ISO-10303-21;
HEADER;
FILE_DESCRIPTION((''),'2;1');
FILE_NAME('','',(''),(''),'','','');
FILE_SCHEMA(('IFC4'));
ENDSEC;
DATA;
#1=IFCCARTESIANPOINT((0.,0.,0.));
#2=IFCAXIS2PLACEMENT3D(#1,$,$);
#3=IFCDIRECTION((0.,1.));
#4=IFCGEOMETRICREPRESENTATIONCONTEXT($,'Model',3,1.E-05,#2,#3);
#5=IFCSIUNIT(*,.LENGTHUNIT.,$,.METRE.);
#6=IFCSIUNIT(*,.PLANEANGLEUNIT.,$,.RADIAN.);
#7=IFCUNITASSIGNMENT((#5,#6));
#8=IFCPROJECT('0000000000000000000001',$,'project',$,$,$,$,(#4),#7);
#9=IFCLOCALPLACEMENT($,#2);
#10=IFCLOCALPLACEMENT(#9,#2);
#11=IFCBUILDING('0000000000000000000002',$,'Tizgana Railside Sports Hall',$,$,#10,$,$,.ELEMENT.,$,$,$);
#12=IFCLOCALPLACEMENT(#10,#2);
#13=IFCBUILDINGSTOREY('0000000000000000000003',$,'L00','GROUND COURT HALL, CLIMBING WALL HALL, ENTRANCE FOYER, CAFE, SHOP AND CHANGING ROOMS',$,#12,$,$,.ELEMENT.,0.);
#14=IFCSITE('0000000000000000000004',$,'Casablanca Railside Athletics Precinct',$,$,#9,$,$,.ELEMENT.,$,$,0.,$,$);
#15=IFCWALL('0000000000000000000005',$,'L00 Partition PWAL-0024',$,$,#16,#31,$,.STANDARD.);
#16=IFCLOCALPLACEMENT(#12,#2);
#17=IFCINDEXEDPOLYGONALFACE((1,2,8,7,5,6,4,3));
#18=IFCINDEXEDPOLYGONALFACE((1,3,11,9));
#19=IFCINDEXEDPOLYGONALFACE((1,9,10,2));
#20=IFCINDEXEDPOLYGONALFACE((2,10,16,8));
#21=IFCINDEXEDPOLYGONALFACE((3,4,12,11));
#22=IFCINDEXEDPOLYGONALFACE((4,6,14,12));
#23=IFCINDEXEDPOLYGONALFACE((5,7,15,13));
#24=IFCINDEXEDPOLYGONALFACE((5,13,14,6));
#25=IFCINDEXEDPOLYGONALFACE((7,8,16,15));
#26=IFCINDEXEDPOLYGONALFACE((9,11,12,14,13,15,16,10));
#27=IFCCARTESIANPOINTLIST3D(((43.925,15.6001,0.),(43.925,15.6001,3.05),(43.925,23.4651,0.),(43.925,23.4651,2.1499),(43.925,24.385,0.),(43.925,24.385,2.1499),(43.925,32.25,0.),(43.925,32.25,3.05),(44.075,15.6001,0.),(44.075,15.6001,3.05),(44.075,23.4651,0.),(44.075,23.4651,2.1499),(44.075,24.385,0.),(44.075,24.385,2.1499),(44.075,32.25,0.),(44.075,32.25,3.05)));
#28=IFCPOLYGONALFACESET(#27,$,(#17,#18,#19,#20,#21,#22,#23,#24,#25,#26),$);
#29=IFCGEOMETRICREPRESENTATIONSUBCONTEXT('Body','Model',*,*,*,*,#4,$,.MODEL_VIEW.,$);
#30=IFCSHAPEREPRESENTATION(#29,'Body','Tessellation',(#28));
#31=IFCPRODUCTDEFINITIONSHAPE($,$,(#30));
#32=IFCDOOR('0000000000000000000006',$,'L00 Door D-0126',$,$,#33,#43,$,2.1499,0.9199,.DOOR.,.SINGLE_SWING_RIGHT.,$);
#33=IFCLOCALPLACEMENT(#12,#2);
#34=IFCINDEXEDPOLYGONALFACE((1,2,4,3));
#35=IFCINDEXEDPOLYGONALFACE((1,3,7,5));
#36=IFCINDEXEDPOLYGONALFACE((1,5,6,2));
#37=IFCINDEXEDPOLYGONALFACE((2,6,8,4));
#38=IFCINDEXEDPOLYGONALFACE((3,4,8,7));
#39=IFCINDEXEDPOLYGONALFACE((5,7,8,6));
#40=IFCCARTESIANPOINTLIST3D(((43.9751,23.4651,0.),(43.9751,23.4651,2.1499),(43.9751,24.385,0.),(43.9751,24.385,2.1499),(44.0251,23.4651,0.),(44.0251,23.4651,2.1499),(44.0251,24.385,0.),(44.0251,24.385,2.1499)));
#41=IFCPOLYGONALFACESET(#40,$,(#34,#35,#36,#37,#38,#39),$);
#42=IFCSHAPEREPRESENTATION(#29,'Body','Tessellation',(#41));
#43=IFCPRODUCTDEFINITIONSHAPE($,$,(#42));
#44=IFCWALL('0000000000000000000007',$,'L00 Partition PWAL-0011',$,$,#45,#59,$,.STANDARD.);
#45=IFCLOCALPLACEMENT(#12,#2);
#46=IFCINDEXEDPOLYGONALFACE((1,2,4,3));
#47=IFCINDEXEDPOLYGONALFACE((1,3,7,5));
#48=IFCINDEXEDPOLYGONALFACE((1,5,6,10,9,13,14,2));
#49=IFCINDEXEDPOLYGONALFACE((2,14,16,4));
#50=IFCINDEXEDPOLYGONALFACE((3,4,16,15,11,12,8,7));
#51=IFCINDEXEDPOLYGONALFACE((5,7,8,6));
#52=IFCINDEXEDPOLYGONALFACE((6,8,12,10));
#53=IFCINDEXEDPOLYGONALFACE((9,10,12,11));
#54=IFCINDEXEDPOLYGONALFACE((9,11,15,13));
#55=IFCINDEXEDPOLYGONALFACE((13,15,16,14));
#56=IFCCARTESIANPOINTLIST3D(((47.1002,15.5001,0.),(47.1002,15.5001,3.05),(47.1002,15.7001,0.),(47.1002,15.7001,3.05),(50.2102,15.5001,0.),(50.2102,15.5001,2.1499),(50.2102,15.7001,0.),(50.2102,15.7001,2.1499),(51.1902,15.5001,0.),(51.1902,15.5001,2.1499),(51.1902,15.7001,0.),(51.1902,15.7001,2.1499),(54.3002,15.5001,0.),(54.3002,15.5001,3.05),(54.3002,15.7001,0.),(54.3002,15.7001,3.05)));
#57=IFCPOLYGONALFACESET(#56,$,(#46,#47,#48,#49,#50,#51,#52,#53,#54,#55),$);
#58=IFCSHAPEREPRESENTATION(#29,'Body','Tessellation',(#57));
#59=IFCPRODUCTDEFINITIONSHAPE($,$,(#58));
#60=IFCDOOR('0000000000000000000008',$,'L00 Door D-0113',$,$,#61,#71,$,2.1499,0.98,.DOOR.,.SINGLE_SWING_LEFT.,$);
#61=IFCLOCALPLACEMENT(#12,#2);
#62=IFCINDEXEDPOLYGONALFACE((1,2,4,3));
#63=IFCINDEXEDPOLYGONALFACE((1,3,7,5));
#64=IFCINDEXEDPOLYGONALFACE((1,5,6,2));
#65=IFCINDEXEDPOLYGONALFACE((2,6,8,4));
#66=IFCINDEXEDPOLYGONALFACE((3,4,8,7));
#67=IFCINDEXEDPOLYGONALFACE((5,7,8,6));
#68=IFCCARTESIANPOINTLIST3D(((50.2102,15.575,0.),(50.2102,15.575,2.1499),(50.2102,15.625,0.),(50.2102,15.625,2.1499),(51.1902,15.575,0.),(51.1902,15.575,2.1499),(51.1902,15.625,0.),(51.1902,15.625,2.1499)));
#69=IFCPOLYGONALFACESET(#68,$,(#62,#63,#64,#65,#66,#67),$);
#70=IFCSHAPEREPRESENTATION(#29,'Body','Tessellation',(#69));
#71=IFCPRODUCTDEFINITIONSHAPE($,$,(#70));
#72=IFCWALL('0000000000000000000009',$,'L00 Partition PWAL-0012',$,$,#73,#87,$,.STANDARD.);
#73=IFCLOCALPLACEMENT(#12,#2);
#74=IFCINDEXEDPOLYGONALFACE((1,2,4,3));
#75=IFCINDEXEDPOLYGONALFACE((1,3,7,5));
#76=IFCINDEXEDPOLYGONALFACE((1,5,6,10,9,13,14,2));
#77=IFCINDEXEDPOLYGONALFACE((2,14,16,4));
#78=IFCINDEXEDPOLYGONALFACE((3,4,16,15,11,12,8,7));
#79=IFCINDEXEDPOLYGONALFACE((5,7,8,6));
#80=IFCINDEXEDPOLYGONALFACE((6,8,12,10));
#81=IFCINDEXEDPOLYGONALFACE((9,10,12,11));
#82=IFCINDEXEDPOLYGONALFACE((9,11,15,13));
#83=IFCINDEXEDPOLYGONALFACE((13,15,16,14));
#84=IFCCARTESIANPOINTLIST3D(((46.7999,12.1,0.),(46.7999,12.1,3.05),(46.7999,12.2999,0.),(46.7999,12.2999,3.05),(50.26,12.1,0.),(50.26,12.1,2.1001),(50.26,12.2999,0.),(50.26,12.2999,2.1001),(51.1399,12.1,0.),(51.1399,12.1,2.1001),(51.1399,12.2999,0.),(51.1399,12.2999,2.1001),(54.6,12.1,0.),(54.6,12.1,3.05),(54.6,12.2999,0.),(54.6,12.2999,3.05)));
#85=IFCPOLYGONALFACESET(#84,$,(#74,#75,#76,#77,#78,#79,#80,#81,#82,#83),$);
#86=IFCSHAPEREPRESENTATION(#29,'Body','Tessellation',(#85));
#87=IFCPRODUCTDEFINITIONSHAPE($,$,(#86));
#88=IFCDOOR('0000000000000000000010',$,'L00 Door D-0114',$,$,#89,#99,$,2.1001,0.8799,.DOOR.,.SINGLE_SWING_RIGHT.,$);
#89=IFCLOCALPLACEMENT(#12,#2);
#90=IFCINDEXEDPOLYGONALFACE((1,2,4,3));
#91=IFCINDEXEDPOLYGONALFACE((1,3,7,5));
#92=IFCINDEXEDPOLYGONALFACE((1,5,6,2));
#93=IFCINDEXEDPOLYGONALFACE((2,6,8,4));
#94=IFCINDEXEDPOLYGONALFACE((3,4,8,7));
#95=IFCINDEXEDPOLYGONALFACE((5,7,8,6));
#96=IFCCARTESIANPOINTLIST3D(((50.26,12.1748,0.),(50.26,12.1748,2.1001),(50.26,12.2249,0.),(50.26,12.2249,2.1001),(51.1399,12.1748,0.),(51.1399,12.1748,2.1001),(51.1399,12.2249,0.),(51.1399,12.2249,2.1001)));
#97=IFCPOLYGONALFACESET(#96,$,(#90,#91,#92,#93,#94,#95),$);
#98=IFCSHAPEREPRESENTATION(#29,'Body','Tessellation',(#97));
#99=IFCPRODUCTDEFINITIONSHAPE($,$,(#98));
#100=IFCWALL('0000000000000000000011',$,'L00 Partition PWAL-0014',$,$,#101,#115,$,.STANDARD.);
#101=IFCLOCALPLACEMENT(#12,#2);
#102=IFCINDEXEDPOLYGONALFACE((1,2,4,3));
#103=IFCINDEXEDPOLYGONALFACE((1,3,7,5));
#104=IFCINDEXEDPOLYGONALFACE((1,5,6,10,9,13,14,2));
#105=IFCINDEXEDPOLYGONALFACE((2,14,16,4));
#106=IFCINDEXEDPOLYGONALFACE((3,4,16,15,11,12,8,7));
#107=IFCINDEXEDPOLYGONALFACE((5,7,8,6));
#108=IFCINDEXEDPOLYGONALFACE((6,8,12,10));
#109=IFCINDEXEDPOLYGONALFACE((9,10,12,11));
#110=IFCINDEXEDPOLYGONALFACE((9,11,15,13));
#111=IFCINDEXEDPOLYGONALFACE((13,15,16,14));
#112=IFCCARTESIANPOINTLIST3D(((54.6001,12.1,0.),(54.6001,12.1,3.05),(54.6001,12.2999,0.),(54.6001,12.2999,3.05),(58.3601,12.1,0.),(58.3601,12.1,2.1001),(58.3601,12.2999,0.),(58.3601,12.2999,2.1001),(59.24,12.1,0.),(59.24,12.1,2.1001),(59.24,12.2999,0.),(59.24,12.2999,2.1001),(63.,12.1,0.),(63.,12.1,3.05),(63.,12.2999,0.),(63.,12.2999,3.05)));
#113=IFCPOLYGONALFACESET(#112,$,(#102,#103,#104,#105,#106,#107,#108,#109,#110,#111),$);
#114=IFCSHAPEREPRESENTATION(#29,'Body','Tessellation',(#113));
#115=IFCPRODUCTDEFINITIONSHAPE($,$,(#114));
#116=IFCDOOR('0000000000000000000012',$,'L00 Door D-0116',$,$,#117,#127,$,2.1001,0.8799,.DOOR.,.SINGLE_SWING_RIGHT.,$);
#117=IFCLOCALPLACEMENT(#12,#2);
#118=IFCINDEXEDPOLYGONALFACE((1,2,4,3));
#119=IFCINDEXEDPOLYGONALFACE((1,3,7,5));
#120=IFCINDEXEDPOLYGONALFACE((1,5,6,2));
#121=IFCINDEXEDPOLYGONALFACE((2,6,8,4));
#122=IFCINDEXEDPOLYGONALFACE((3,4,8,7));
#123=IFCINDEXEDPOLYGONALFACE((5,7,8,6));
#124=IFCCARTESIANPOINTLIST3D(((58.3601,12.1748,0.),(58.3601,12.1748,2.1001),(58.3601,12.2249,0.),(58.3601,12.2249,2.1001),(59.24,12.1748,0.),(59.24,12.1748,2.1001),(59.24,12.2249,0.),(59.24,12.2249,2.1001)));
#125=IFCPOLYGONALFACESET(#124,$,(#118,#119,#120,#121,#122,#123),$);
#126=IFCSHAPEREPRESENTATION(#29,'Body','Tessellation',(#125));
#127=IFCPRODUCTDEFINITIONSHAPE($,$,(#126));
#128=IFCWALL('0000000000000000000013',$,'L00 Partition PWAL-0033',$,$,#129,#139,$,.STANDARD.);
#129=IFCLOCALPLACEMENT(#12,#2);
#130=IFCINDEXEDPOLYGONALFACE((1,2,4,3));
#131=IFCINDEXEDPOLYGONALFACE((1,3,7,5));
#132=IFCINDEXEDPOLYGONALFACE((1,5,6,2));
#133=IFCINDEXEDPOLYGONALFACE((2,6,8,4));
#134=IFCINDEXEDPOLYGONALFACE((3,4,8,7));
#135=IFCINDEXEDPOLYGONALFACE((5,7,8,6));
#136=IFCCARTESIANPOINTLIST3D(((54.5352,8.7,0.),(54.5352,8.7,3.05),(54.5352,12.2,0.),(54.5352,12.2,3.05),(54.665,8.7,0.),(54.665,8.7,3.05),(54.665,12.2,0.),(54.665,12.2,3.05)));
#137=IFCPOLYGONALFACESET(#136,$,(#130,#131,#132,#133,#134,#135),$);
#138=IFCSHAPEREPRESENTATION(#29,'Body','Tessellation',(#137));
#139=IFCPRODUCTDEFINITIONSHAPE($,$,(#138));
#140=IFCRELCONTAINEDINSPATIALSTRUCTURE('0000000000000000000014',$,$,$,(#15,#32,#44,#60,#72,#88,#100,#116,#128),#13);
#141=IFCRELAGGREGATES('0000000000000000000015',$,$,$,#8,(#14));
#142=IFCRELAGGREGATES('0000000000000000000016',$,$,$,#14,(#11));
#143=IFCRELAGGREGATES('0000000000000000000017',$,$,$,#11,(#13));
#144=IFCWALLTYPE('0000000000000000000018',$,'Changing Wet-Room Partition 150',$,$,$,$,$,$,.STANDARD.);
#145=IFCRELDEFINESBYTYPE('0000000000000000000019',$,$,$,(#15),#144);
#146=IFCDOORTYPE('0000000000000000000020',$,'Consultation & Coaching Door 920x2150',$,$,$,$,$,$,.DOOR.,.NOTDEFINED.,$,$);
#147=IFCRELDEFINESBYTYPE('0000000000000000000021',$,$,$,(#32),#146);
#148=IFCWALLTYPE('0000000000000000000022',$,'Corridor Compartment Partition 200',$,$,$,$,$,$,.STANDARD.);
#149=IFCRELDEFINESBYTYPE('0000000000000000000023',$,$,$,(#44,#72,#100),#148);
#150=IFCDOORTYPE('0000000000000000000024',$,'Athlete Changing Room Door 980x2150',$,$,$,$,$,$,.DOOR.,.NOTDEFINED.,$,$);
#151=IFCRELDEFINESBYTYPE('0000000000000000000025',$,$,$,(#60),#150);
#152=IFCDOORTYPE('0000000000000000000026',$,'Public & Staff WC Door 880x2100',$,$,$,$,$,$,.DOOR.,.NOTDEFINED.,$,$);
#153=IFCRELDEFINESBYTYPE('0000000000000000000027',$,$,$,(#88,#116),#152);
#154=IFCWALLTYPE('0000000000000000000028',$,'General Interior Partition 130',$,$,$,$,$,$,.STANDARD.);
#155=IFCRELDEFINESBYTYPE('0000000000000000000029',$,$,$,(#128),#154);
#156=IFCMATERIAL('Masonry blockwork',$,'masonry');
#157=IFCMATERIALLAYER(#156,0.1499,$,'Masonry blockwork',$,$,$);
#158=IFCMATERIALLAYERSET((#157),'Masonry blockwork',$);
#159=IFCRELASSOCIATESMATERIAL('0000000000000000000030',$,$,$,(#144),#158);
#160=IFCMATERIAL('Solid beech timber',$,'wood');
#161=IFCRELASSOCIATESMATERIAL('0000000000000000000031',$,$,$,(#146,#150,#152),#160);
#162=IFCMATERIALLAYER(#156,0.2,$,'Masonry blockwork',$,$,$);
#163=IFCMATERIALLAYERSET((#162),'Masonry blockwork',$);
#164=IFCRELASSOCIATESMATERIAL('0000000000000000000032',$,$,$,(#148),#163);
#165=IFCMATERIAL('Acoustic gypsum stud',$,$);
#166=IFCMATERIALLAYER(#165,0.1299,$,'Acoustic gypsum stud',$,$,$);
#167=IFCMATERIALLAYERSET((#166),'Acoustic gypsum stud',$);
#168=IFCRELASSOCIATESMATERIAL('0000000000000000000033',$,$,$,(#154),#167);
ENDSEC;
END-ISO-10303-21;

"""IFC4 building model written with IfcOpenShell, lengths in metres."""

from ifc_helpers import new_model, si_unit, direction, frame, frame_2d, origin, place, context, subcontext, project, spatial, rectangle, extrude, material, layer, layer_set, type_object, element, fill, save


model = new_model("IFC4")

# Units and contexts
model_context = context("Model", 3, precision=1e-05, world=origin(), true_north=direction((0.0, 1.0)))
body_context = subcontext(model_context, "Body", "Model", "MODEL_VIEW")
ifc_project = project(units=[si_unit("LENGTHUNIT", "METRE"), si_unit("PLANEANGLEUNIT", "RADIAN")], contexts=[model_context])

# Site, building, storey
site_placement = place(None, origin())
site = spatial("IfcSite", under=ifc_project, at=site_placement, Name="Casablanca Railside Athletics Precinct", CompositionType="ELEMENT", RefElevation=0.0)
building_placement = place(site_placement, origin())
building = spatial("IfcBuilding", under=site, at=building_placement, Name="Tizgana Railside Sports Hall", CompositionType="ELEMENT")
storey_placement = place(building_placement, origin())
storey = spatial("IfcBuildingStorey", under=building, at=storey_placement, Name="L00", Description="GROUND COURT HALL, CLIMBING WALL HALL, ENTRANCE FOYER, CAFE, SHOP AND CHANGING ROOMS", CompositionType="ELEMENT", Elevation=0.0)

# Walls, openings, doors
ifc_material_1 = material(Name="Masonry blockwork", Category="masonry")
ifc_layer_1 = layer(ifc_material_1, 0.1499, Name="Masonry blockwork")
ifc_layer_set_1 = layer_set([ifc_layer_1], Name="Masonry blockwork")
wall_type_1 = type_object("IfcWallType", Name="Changing Wet-Room Partition 150", PredefinedType="STANDARD", material=ifc_layer_set_1)
wall_1_placement = place(storey_placement, frame((44.0, 15.6001, 0.0), z_axis=(0.0, 0.0, 1.0), x_axis=(0.0, 1.0, 0.0)))
wall_1 = element("IfcWall", 1, at=wall_1_placement, inside=storey, type_object=wall_type_1, Name="L00 Partition PWAL-0024", PredefinedType="STANDARD", context=body_context, shape_type="SweptSolid", body=[
    extrude(rectangle(XDim=16.6499, YDim=0.1499, at=frame_2d((8.325, 0.0))), origin(), (0.0, 0.0, 1.0), 3.05),
])
opening_1_placement = place(wall_1_placement, frame((7.865, 0.0, 0.0)))
opening_1 = element("IfcOpeningElement", 2, at=opening_1_placement, cuts=wall_1, PredefinedType="OPENING", context=body_context, shape_type="SweptSolid", body=[
    extrude(rectangle(XDim=0.9199, YDim=2.1499, at=frame_2d((0.46, 1.075))), frame((0.0, 0.085, 0.0), z_axis=(0.0, -1.0, 0.0), x_axis=(1.0, 0.0, 0.0)), (0.0, 0.0, 1.0), 0.1699),
])
ifc_material_2 = material(Name="Solid beech timber", Category="wood")
door_type_1 = type_object("IfcDoorType", Name="Consultation & Coaching Door 920x2150", OperationType="NOTDEFINED", PredefinedType="DOOR", material=ifc_material_2)
door_1_placement = place(opening_1_placement, origin())
door_1 = element("IfcDoor", 3, at=door_1_placement, inside=storey, type_object=door_type_1, Name="L00 Door D-0126", OperationType="SINGLE_SWING_RIGHT", OverallHeight=2.1499, OverallWidth=0.9199, PredefinedType="DOOR", context=body_context, shape_type="SweptSolid", body=[
    extrude(rectangle(XDim=0.9199, YDim=2.1499, at=frame_2d((0.46, 1.075))), frame((0.0, 0.0249, 0.0), z_axis=(0.0, -1.0, 0.0), x_axis=(1.0, 0.0, 0.0)), (0.0, 0.0, 1.0), 0.05),
])
fill(opening_1, door_1)
ifc_layer_2 = layer(ifc_material_1, 0.2, Name="Masonry blockwork")
ifc_layer_set_2 = layer_set([ifc_layer_2], Name="Masonry blockwork")
wall_type_2 = type_object("IfcWallType", Name="Corridor Compartment Partition 200", PredefinedType="STANDARD", material=ifc_layer_set_2)
wall_2_placement = place(storey_placement, frame((47.1001, 15.6001, 0.0), z_axis=(0.0, 0.0, 1.0), x_axis=(1.0, 0.0, 0.0)))
wall_2 = element("IfcWall", 4, at=wall_2_placement, inside=storey, type_object=wall_type_2, Name="L00 Partition PWAL-0011", PredefinedType="STANDARD", context=body_context, shape_type="SweptSolid", body=[
    extrude(rectangle(XDim=7.2, YDim=0.2, at=frame_2d((3.6001, 0.0))), origin(), (0.0, 0.0, 1.0), 3.05),
])
opening_2_placement = place(wall_2_placement, frame((3.1101, 0.0, 0.0)))
opening_2 = element("IfcOpeningElement", 5, at=opening_2_placement, cuts=wall_2, PredefinedType="OPENING", context=body_context, shape_type="SweptSolid", body=[
    extrude(rectangle(XDim=0.98, YDim=2.1499, at=frame_2d((0.49, 1.075))), frame((0.0, 0.1099, 0.0), z_axis=(0.0, -1.0, 0.0), x_axis=(1.0, 0.0, 0.0)), (0.0, 0.0, 1.0), 0.22),
])
door_type_2 = type_object("IfcDoorType", Name="Athlete Changing Room Door 980x2150", OperationType="NOTDEFINED", PredefinedType="DOOR", material=ifc_material_2)
door_2_placement = place(opening_2_placement, origin())
door_2 = element("IfcDoor", 6, at=door_2_placement, inside=storey, type_object=door_type_2, Name="L00 Door D-0113", OperationType="SINGLE_SWING_LEFT", OverallHeight=2.1499, OverallWidth=0.98, PredefinedType="DOOR", context=body_context, shape_type="SweptSolid", body=[
    extrude(rectangle(XDim=0.98, YDim=2.1499, at=frame_2d((0.49, 1.075))), frame((0.0, 0.0249, 0.0), z_axis=(0.0, -1.0, 0.0), x_axis=(1.0, 0.0, 0.0)), (0.0, 0.0, 1.0), 0.05),
])
fill(opening_2, door_2)
wall_3_placement = place(storey_placement, frame((46.8, 12.2, 0.0), z_axis=(0.0, 0.0, 1.0), x_axis=(1.0, 0.0, 0.0)))
wall_3 = element("IfcWall", 7, at=wall_3_placement, inside=storey, type_object=wall_type_2, Name="L00 Partition PWAL-0012", PredefinedType="STANDARD", context=body_context, shape_type="SweptSolid", body=[
    extrude(rectangle(XDim=7.8, YDim=0.2, at=frame_2d((3.8999, 0.0))), origin(), (0.0, 0.0, 1.0), 3.05),
])
opening_3_placement = place(wall_3_placement, frame((3.46, 0.0, 0.0)))
opening_3 = element("IfcOpeningElement", 8, at=opening_3_placement, cuts=wall_3, PredefinedType="OPENING", context=body_context, shape_type="SweptSolid", body=[
    extrude(rectangle(XDim=0.8799, YDim=2.1001, at=frame_2d((0.4399, 1.05))), frame((0.0, 0.1099, 0.0), z_axis=(0.0, -1.0, 0.0), x_axis=(1.0, 0.0, 0.0)), (0.0, 0.0, 1.0), 0.22),
])
door_type_3 = type_object("IfcDoorType", Name="Public & Staff WC Door 880x2100", OperationType="NOTDEFINED", PredefinedType="DOOR", material=ifc_material_2)
door_3_placement = place(opening_3_placement, origin())
door_3 = element("IfcDoor", 9, at=door_3_placement, inside=storey, type_object=door_type_3, Name="L00 Door D-0114", OperationType="SINGLE_SWING_RIGHT", OverallHeight=2.1001, OverallWidth=0.8799, PredefinedType="DOOR", context=body_context, shape_type="SweptSolid", body=[
    extrude(rectangle(XDim=0.8799, YDim=2.1001, at=frame_2d((0.4399, 1.05))), frame((0.0, 0.0249, 0.0), z_axis=(0.0, -1.0, 0.0), x_axis=(1.0, 0.0, 0.0)), (0.0, 0.0, 1.0), 0.05),
])
fill(opening_3, door_3)
wall_4_placement = place(storey_placement, frame((54.6001, 12.2, 0.0), z_axis=(0.0, 0.0, 1.0), x_axis=(1.0, 0.0, 0.0)))
wall_4 = element("IfcWall", 10, at=wall_4_placement, inside=storey, type_object=wall_type_2, Name="L00 Partition PWAL-0014", PredefinedType="STANDARD", context=body_context, shape_type="SweptSolid", body=[
    extrude(rectangle(XDim=8.3999, YDim=0.2, at=frame_2d((4.2, 0.0))), origin(), (0.0, 0.0, 1.0), 3.05),
])
opening_4_placement = place(wall_4_placement, frame((3.76, 0.0, 0.0)))
opening_4 = element("IfcOpeningElement", 11, at=opening_4_placement, cuts=wall_4, PredefinedType="OPENING", context=body_context, shape_type="SweptSolid", body=[
    extrude(rectangle(XDim=0.8799, YDim=2.1001, at=frame_2d((0.4399, 1.05))), frame((0.0, 0.1099, 0.0), z_axis=(0.0, -1.0, 0.0), x_axis=(1.0, 0.0, 0.0)), (0.0, 0.0, 1.0), 0.22),
])
door_4_placement = place(opening_4_placement, origin())
door_4 = element("IfcDoor", 12, at=door_4_placement, inside=storey, type_object=door_type_3, Name="L00 Door D-0116", OperationType="SINGLE_SWING_RIGHT", OverallHeight=2.1001, OverallWidth=0.8799, PredefinedType="DOOR", context=body_context, shape_type="SweptSolid", body=[
    extrude(rectangle(XDim=0.8799, YDim=2.1001, at=frame_2d((0.4399, 1.05))), frame((0.0, 0.0249, 0.0), z_axis=(0.0, -1.0, 0.0), x_axis=(1.0, 0.0, 0.0)), (0.0, 0.0, 1.0), 0.05),
])
fill(opening_4, door_4)

# Wall
ifc_material_3 = material(Name="Acoustic gypsum stud")
ifc_layer_3 = layer(ifc_material_3, 0.1299, Name="Acoustic gypsum stud")
ifc_layer_set_3 = layer_set([ifc_layer_3], Name="Acoustic gypsum stud")
wall_type_3 = type_object("IfcWallType", Name="General Interior Partition 130", PredefinedType="STANDARD", material=ifc_layer_set_3)
wall_5_placement = place(storey_placement, frame((54.6001, 8.7, 0.0), z_axis=(0.0, 0.0, 1.0), x_axis=(0.0, 1.0, 0.0)))
element("IfcWall", 13, at=wall_5_placement, inside=storey, type_object=wall_type_3, Name="L00 Partition PWAL-0033", PredefinedType="STANDARD", context=body_context, shape_type="SweptSolid", body=[
    extrude(rectangle(XDim=3.5, YDim=0.1299, at=frame_2d((1.75, 0.0))), origin(), (0.0, 0.0, 1.0), 3.05),
])

save(model, "model.ifc")
